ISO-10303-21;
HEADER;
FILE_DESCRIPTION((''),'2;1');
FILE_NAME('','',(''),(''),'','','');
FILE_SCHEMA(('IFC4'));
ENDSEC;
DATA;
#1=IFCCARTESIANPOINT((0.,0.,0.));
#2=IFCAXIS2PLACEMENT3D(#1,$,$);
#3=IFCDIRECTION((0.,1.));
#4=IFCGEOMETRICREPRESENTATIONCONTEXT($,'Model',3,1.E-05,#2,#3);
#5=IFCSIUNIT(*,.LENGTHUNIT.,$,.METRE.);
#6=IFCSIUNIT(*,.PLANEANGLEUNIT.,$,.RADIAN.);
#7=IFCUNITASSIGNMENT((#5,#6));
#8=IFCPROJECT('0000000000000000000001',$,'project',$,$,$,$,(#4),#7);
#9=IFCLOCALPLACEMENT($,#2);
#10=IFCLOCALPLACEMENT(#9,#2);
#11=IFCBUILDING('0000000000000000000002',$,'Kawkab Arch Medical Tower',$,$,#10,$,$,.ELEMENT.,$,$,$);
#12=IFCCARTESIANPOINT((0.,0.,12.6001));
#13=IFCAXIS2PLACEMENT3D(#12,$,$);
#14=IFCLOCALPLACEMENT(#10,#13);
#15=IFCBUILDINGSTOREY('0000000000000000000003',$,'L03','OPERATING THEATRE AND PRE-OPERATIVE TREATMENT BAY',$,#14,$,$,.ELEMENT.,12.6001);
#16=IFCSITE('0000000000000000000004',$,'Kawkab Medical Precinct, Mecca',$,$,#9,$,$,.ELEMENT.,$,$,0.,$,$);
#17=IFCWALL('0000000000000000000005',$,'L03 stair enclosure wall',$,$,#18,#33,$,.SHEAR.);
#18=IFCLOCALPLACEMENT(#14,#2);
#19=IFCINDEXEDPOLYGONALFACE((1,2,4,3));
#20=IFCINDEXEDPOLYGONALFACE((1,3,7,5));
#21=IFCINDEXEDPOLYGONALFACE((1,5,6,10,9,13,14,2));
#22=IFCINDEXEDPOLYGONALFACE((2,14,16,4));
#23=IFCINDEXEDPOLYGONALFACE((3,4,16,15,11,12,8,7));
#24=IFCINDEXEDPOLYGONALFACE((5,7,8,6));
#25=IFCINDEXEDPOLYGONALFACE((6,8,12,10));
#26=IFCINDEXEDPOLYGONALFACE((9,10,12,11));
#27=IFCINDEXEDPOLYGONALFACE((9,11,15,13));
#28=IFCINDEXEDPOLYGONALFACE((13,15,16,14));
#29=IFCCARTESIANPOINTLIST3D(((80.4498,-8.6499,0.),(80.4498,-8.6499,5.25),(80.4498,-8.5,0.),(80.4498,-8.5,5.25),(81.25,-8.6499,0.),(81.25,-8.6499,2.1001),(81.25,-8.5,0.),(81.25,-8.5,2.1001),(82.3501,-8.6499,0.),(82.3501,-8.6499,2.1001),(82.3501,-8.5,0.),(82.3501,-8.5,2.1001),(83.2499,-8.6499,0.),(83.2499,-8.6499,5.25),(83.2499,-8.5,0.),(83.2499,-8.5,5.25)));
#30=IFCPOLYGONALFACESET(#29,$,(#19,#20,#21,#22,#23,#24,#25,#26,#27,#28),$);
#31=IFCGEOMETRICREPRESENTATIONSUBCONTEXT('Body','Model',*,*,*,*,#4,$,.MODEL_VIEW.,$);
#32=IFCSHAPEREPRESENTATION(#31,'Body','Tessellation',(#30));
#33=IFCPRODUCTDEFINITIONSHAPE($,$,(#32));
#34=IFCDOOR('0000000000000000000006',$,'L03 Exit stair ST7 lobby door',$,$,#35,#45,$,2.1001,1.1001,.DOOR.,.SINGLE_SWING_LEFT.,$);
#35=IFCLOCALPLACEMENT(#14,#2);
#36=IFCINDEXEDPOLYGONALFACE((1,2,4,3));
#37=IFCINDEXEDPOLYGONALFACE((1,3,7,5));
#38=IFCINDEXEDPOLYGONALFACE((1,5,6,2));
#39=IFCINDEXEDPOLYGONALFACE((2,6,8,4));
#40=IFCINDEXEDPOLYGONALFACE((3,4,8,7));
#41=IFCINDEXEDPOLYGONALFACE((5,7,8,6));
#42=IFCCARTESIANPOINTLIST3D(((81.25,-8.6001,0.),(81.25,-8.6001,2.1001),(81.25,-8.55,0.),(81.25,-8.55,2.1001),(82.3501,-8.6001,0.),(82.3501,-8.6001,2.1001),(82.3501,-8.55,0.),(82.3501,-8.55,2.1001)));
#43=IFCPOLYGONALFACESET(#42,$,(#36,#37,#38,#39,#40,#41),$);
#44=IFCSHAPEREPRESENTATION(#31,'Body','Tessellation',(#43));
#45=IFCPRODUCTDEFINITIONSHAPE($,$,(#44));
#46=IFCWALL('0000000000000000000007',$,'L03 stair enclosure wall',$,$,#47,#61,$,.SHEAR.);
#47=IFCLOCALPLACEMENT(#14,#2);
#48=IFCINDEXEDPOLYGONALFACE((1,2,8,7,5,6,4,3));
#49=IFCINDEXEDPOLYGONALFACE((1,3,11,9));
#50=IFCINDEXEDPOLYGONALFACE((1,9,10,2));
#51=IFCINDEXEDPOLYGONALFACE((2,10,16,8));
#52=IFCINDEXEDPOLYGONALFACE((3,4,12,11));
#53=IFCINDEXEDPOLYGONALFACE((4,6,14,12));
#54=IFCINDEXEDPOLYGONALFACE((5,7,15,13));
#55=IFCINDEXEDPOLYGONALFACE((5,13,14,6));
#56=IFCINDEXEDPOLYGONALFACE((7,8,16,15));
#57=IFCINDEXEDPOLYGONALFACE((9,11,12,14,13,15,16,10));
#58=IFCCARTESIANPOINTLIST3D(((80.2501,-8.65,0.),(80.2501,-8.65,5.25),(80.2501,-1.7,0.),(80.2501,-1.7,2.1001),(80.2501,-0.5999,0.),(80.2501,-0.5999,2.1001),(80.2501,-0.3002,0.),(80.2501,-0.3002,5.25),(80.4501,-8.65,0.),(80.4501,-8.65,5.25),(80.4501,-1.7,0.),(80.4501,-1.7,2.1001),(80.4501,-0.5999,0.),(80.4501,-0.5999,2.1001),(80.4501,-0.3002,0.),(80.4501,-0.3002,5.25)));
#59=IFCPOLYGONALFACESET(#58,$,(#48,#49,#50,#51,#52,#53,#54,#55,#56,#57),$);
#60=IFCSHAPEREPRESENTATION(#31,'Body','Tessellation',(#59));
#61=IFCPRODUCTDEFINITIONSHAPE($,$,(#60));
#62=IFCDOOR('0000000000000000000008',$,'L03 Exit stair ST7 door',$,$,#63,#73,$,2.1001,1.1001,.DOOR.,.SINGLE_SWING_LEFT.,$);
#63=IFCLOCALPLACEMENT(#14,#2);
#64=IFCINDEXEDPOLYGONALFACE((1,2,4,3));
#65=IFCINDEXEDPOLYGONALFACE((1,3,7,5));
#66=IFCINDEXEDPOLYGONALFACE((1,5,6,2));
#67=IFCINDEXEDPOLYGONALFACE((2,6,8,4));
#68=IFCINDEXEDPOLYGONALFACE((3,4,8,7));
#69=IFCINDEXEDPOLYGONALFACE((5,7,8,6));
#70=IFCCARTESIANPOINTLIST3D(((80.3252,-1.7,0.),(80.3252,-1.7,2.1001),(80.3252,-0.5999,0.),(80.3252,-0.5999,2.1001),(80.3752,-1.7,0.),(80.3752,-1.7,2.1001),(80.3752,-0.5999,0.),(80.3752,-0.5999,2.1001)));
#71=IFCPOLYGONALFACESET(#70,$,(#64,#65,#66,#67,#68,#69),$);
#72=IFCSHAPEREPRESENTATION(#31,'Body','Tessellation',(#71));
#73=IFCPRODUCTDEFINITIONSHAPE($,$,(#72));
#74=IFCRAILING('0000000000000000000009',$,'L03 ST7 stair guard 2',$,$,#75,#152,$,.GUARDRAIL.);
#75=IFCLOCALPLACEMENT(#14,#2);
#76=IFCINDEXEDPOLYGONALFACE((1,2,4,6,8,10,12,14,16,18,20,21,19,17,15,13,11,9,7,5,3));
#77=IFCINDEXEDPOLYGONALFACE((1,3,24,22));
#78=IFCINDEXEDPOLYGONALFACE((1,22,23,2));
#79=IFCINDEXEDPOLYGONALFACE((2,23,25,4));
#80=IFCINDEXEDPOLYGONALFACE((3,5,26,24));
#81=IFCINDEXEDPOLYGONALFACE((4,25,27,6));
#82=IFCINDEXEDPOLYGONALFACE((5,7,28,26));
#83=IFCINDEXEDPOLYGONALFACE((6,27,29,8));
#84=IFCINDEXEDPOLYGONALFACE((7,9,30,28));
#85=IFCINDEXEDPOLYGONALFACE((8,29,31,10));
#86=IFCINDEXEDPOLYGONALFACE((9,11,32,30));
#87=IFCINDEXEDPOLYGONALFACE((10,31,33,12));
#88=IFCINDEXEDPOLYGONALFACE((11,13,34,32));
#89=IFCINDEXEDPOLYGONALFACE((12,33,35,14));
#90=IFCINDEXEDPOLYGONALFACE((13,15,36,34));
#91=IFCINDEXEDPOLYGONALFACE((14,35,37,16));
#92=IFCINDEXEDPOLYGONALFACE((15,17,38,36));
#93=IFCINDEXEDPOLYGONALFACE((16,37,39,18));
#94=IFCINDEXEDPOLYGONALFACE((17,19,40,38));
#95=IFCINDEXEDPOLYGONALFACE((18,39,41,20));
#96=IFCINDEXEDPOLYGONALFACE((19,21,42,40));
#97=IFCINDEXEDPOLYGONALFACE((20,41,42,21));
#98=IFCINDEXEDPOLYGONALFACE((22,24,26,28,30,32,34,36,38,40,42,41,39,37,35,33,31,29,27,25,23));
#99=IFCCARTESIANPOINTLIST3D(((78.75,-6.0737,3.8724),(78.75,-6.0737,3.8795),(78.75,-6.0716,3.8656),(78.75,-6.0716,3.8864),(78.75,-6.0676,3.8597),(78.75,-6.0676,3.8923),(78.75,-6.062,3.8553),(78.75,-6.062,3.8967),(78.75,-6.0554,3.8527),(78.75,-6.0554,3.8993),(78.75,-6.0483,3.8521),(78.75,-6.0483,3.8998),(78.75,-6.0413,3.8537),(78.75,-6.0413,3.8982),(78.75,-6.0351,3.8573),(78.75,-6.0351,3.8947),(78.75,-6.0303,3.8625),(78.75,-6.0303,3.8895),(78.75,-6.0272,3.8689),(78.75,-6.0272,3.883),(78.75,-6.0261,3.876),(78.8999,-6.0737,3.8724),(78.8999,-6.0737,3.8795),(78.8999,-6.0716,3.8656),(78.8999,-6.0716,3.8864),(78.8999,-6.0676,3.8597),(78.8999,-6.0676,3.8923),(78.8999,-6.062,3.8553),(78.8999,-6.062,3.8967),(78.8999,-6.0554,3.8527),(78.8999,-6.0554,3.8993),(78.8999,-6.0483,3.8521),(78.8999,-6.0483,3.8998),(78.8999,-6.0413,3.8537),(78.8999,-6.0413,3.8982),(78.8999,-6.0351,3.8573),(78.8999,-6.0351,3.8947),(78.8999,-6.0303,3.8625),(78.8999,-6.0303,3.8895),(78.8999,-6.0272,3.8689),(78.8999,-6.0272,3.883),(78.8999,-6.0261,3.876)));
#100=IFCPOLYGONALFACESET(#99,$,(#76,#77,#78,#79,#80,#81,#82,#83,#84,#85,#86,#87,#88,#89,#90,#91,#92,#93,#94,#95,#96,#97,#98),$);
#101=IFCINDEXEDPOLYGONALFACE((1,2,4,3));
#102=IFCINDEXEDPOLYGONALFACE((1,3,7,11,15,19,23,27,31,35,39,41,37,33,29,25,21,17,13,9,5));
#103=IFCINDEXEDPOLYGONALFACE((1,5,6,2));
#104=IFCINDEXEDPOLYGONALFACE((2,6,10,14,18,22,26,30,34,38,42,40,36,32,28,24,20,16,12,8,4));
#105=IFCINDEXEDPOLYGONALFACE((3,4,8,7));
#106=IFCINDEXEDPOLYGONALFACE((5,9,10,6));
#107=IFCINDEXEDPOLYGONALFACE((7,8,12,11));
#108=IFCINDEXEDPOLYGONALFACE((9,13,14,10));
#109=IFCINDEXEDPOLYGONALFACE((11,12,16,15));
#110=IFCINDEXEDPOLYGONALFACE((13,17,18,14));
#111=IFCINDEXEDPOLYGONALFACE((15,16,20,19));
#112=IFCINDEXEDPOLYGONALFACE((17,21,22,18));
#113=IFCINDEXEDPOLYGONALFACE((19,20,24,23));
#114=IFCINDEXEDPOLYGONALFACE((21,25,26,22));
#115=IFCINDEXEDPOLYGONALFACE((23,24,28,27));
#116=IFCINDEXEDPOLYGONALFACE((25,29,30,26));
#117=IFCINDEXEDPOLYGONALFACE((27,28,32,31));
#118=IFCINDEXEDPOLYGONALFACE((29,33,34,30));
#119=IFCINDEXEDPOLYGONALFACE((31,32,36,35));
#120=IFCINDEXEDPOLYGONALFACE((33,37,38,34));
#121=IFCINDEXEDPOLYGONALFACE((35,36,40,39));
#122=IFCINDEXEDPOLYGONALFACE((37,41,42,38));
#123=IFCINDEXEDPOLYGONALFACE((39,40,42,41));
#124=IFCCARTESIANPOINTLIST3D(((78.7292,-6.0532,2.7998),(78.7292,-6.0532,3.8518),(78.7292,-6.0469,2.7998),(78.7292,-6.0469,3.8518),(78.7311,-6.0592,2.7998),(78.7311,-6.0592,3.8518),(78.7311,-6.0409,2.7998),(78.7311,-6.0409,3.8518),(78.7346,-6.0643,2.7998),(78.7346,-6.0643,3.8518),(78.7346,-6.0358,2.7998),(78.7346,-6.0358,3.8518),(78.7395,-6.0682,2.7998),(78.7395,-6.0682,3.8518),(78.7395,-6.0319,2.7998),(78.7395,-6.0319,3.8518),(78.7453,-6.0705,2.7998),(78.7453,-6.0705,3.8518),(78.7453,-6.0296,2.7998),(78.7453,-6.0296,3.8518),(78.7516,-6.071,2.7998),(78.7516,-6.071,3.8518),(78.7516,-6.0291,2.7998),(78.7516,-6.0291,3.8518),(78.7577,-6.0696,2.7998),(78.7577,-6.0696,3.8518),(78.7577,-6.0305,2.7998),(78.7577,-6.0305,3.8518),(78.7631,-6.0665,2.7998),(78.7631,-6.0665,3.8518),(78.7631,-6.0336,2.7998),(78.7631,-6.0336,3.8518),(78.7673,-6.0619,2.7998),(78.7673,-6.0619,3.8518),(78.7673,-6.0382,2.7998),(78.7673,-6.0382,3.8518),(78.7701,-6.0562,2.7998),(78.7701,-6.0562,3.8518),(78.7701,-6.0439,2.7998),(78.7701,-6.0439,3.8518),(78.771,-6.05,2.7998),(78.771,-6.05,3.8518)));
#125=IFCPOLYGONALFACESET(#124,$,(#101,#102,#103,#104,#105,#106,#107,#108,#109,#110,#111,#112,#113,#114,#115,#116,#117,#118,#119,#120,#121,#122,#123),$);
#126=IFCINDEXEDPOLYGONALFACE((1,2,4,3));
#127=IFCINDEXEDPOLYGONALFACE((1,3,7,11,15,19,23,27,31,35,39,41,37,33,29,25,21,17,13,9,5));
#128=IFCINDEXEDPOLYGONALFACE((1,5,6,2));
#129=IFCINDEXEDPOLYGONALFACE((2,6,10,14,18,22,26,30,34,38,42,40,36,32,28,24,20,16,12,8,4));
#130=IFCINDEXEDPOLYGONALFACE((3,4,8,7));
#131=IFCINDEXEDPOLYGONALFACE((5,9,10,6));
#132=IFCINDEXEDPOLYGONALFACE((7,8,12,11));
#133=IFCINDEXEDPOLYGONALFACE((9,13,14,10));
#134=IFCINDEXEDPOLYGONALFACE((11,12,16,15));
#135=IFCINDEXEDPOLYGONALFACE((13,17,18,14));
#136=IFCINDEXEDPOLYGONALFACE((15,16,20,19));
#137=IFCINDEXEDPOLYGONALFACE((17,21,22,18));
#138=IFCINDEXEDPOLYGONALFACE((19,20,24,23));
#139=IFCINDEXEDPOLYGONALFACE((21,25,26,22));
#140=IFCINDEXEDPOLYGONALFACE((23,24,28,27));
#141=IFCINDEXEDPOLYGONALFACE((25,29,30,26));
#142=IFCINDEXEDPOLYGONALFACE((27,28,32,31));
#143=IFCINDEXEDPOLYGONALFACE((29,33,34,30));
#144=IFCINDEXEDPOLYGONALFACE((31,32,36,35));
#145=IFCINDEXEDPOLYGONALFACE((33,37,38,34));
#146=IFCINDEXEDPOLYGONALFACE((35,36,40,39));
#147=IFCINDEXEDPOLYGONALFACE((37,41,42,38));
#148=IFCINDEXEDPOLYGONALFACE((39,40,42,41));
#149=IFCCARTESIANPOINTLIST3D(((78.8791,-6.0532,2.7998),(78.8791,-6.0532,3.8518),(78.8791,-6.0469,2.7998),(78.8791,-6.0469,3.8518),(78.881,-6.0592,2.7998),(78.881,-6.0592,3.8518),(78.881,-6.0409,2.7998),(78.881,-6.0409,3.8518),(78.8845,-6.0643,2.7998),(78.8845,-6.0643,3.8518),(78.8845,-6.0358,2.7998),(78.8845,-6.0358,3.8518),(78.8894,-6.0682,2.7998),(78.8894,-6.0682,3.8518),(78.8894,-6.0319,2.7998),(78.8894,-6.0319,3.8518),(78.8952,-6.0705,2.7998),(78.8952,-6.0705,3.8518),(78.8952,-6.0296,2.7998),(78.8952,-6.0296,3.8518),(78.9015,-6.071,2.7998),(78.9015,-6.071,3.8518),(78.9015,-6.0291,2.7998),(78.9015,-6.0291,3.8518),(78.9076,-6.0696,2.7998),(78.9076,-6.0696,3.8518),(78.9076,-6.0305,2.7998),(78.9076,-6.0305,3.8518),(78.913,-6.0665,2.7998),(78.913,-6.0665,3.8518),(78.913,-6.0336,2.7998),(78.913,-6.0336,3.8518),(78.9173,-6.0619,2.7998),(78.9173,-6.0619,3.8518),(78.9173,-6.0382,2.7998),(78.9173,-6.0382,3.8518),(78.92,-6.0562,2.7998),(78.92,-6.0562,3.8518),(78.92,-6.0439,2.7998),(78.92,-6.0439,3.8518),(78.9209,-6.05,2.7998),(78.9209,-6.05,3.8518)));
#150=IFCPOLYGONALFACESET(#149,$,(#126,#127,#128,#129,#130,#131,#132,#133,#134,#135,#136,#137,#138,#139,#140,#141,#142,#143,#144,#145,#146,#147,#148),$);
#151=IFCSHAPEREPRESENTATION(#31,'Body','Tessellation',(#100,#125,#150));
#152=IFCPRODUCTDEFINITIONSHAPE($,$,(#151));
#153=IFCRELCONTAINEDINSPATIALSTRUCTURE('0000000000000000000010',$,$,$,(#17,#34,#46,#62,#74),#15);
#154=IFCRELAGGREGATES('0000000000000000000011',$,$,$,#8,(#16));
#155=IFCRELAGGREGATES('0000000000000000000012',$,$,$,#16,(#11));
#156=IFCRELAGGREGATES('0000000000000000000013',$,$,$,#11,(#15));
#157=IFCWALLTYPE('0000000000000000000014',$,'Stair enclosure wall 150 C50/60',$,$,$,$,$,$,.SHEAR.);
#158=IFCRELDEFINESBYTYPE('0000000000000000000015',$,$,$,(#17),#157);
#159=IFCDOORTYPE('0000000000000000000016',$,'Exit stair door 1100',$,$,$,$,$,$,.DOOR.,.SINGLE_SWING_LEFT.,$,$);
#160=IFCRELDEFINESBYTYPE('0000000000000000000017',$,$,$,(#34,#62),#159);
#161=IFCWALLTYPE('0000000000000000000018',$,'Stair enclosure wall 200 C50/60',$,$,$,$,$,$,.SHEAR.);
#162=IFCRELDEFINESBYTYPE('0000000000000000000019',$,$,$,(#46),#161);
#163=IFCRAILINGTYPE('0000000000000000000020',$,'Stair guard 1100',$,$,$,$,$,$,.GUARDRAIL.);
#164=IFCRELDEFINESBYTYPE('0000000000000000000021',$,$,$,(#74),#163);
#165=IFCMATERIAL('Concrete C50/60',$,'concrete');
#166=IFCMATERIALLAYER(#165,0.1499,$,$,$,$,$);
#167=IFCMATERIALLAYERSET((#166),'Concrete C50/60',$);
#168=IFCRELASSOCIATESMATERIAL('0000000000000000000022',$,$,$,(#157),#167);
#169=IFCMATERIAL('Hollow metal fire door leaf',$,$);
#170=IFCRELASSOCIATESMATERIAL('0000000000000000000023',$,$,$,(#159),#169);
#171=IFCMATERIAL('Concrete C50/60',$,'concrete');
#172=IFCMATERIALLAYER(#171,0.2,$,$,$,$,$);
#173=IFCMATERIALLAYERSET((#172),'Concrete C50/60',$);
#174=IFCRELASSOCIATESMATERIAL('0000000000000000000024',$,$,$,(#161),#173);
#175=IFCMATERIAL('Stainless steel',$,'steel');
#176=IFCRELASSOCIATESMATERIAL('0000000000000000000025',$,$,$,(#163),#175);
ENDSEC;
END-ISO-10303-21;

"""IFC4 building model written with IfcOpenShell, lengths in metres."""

from ifc_helpers import new_model, si_unit, direction, frame, frame_2d, origin, origin_2d, place, context, subcontext, project, spatial, rectangle, circle, extrude, material, layer, layer_set, type_object, element, fill, save


model = new_model("IFC4")

# Units and contexts
model_context = context("Model", 3, precision=1e-05, world=origin(), true_north=direction((0.0, 1.0)))
body_context = subcontext(model_context, "Body", "Model", "MODEL_VIEW")
ifc_project = project(units=[si_unit("LENGTHUNIT", "METRE"), si_unit("PLANEANGLEUNIT", "RADIAN")], contexts=[model_context])

# Site, building, storey
site_placement = place(None, origin())
site = spatial("IfcSite", under=ifc_project, at=site_placement, Name="Kawkab Medical Precinct, Mecca", CompositionType="ELEMENT", RefElevation=0.0)
building_placement = place(site_placement, origin())
building = spatial("IfcBuilding", under=site, at=building_placement, Name="Kawkab Arch Medical Tower", CompositionType="ELEMENT")
storey_placement = place(building_placement, frame((0.0, 0.0, 12.6001)))
storey = spatial("IfcBuildingStorey", under=building, at=storey_placement, Name="L03", Description="OPERATING THEATRE AND PRE-OPERATIVE TREATMENT BAY", CompositionType="ELEMENT", Elevation=12.6001)

# Walls, openings, doors
ifc_material_1 = material(Name="Concrete C50/60", Category="concrete")
ifc_layer_1 = layer(ifc_material_1, 0.1499)
ifc_layer_set_1 = layer_set([ifc_layer_1], Name="Concrete C50/60")
wall_type_1 = type_object("IfcWallType", Name="Stair enclosure wall 150 C50/60", PredefinedType="SHEAR", material=ifc_layer_set_1)
wall_1_placement = place(storey_placement, frame((80.45, -8.575, 0.0), z_axis=(0.0, 0.0, 1.0), x_axis=(1.0, 0.0, 0.0)))
wall_1 = element("IfcWall", 1, at=wall_1_placement, inside=storey, type_object=wall_type_1, Name="L03 stair enclosure wall", PredefinedType="SHEAR", context=body_context, shape_type="SweptSolid", body=[
    extrude(rectangle(XDim=2.8, YDim=0.1499, at=frame_2d((1.3999, 0.0))), origin(), (0.0, 0.0, 1.0), 5.25),
])
opening_1_placement = place(wall_1_placement, frame((0.8, 0.0, 0.0)))
opening_1 = element("IfcOpeningElement", 2, at=opening_1_placement, cuts=wall_1, PredefinedType="OPENING", context=body_context, shape_type="SweptSolid", body=[
    extrude(rectangle(XDim=1.1001, YDim=2.1001, at=frame_2d((0.55, 1.05))), frame((0.0, 0.085, 0.0), z_axis=(0.0, -1.0, 0.0), x_axis=(1.0, 0.0, 0.0)), (0.0, 0.0, 1.0), 0.1699),
])
ifc_material_2 = material(Name="Hollow metal fire door leaf")
door_type_1 = type_object("IfcDoorType", Name="Exit stair door 1100", OperationType="SINGLE_SWING_LEFT", PredefinedType="DOOR", material=ifc_material_2)
door_1_placement = place(opening_1_placement, origin())
door_1 = element("IfcDoor", 3, at=door_1_placement, inside=storey, type_object=door_type_1, Name="L03 Exit stair ST7 lobby door", OperationType="SINGLE_SWING_LEFT", OverallHeight=2.1001, OverallWidth=1.1001, PredefinedType="DOOR", context=body_context, shape_type="SweptSolid", body=[
    extrude(rectangle(XDim=1.1001, YDim=2.1001, at=frame_2d((0.55, 1.05))), frame((0.0, 0.0249, 0.0), z_axis=(0.0, -1.0, 0.0), x_axis=(1.0, 0.0, 0.0)), (0.0, 0.0, 1.0), 0.05),
])
fill(opening_1, door_1)
ifc_material_3 = material(Name="Concrete C50/60", Category="concrete")
ifc_layer_2 = layer(ifc_material_3, 0.2)
ifc_layer_set_2 = layer_set([ifc_layer_2], Name="Concrete C50/60")
wall_type_2 = type_object("IfcWallType", Name="Stair enclosure wall 200 C50/60", PredefinedType="SHEAR", material=ifc_layer_set_2)
wall_2_placement = place(storey_placement, frame((80.3501, -8.6499, 0.0), z_axis=(0.0, 0.0, 1.0), x_axis=(0.0, 1.0, 0.0)))
wall_2 = element("IfcWall", 4, at=wall_2_placement, inside=storey, type_object=wall_type_2, Name="L03 stair enclosure wall", PredefinedType="SHEAR", context=body_context, shape_type="SweptSolid", body=[
    extrude(rectangle(XDim=8.3499, YDim=0.2, at=frame_2d((4.1748, 0.0))), origin(), (0.0, 0.0, 1.0), 5.25),
])
opening_2_placement = place(wall_2_placement, frame((6.95, 0.0, 0.0)))
opening_2 = element("IfcOpeningElement", 5, at=opening_2_placement, cuts=wall_2, PredefinedType="OPENING", context=body_context, shape_type="SweptSolid", body=[
    extrude(rectangle(XDim=1.1001, YDim=2.1001, at=frame_2d((0.55, 1.05))), frame((0.0, 0.1099, 0.0), z_axis=(0.0, -1.0, 0.0), x_axis=(1.0, 0.0, 0.0)), (0.0, 0.0, 1.0), 0.22),
])
door_2_placement = place(opening_2_placement, origin())
door_2 = element("IfcDoor", 6, at=door_2_placement, inside=storey, type_object=door_type_1, Name="L03 Exit stair ST7 door", OperationType="SINGLE_SWING_LEFT", OverallHeight=2.1001, OverallWidth=1.1001, PredefinedType="DOOR", context=body_context, shape_type="SweptSolid", body=[
    extrude(rectangle(XDim=1.1001, YDim=2.1001, at=frame_2d((0.55, 1.05))), frame((0.0, 0.0249, 0.0), z_axis=(0.0, -1.0, 0.0), x_axis=(1.0, 0.0, 0.0)), (0.0, 0.0, 1.0), 0.05),
])
fill(opening_2, door_2)

# Railing
ifc_material_4 = material(Name="Stainless steel", Category="steel")
railing_type = type_object("IfcRailingType", Name="Stair guard 1100", PredefinedType="GUARDRAIL", material=ifc_material_4)
railing_1_placement = place(storey_placement, frame((78.75, -6.05, 2.7998)))
element("IfcRailing", 7, at=railing_1_placement, inside=storey, type_object=railing_type, Name="L03 ST7 stair guard 2", PredefinedType="GUARDRAIL", context=body_context, shape_type="SweptSolid", body=[
    extrude(circle(Radius=0.0239, at=origin_2d()), frame((0.0, 0.0, 1.0762), z_axis=(1.0, 0.0, 0.0), x_axis=(0.0, 1.0, 0.0)), (0.0, 0.0, 1.0), 0.1499),
    extrude(circle(Radius=0.021, at=origin_2d()), origin(), (0.0, 0.0, 1.0), 1.052),
    extrude(circle(Radius=0.021, at=origin_2d()), frame((0.1499, 0.0, 0.0)), (0.0, 0.0, 1.0), 1.052),
])

save(model, "model.ifc")
